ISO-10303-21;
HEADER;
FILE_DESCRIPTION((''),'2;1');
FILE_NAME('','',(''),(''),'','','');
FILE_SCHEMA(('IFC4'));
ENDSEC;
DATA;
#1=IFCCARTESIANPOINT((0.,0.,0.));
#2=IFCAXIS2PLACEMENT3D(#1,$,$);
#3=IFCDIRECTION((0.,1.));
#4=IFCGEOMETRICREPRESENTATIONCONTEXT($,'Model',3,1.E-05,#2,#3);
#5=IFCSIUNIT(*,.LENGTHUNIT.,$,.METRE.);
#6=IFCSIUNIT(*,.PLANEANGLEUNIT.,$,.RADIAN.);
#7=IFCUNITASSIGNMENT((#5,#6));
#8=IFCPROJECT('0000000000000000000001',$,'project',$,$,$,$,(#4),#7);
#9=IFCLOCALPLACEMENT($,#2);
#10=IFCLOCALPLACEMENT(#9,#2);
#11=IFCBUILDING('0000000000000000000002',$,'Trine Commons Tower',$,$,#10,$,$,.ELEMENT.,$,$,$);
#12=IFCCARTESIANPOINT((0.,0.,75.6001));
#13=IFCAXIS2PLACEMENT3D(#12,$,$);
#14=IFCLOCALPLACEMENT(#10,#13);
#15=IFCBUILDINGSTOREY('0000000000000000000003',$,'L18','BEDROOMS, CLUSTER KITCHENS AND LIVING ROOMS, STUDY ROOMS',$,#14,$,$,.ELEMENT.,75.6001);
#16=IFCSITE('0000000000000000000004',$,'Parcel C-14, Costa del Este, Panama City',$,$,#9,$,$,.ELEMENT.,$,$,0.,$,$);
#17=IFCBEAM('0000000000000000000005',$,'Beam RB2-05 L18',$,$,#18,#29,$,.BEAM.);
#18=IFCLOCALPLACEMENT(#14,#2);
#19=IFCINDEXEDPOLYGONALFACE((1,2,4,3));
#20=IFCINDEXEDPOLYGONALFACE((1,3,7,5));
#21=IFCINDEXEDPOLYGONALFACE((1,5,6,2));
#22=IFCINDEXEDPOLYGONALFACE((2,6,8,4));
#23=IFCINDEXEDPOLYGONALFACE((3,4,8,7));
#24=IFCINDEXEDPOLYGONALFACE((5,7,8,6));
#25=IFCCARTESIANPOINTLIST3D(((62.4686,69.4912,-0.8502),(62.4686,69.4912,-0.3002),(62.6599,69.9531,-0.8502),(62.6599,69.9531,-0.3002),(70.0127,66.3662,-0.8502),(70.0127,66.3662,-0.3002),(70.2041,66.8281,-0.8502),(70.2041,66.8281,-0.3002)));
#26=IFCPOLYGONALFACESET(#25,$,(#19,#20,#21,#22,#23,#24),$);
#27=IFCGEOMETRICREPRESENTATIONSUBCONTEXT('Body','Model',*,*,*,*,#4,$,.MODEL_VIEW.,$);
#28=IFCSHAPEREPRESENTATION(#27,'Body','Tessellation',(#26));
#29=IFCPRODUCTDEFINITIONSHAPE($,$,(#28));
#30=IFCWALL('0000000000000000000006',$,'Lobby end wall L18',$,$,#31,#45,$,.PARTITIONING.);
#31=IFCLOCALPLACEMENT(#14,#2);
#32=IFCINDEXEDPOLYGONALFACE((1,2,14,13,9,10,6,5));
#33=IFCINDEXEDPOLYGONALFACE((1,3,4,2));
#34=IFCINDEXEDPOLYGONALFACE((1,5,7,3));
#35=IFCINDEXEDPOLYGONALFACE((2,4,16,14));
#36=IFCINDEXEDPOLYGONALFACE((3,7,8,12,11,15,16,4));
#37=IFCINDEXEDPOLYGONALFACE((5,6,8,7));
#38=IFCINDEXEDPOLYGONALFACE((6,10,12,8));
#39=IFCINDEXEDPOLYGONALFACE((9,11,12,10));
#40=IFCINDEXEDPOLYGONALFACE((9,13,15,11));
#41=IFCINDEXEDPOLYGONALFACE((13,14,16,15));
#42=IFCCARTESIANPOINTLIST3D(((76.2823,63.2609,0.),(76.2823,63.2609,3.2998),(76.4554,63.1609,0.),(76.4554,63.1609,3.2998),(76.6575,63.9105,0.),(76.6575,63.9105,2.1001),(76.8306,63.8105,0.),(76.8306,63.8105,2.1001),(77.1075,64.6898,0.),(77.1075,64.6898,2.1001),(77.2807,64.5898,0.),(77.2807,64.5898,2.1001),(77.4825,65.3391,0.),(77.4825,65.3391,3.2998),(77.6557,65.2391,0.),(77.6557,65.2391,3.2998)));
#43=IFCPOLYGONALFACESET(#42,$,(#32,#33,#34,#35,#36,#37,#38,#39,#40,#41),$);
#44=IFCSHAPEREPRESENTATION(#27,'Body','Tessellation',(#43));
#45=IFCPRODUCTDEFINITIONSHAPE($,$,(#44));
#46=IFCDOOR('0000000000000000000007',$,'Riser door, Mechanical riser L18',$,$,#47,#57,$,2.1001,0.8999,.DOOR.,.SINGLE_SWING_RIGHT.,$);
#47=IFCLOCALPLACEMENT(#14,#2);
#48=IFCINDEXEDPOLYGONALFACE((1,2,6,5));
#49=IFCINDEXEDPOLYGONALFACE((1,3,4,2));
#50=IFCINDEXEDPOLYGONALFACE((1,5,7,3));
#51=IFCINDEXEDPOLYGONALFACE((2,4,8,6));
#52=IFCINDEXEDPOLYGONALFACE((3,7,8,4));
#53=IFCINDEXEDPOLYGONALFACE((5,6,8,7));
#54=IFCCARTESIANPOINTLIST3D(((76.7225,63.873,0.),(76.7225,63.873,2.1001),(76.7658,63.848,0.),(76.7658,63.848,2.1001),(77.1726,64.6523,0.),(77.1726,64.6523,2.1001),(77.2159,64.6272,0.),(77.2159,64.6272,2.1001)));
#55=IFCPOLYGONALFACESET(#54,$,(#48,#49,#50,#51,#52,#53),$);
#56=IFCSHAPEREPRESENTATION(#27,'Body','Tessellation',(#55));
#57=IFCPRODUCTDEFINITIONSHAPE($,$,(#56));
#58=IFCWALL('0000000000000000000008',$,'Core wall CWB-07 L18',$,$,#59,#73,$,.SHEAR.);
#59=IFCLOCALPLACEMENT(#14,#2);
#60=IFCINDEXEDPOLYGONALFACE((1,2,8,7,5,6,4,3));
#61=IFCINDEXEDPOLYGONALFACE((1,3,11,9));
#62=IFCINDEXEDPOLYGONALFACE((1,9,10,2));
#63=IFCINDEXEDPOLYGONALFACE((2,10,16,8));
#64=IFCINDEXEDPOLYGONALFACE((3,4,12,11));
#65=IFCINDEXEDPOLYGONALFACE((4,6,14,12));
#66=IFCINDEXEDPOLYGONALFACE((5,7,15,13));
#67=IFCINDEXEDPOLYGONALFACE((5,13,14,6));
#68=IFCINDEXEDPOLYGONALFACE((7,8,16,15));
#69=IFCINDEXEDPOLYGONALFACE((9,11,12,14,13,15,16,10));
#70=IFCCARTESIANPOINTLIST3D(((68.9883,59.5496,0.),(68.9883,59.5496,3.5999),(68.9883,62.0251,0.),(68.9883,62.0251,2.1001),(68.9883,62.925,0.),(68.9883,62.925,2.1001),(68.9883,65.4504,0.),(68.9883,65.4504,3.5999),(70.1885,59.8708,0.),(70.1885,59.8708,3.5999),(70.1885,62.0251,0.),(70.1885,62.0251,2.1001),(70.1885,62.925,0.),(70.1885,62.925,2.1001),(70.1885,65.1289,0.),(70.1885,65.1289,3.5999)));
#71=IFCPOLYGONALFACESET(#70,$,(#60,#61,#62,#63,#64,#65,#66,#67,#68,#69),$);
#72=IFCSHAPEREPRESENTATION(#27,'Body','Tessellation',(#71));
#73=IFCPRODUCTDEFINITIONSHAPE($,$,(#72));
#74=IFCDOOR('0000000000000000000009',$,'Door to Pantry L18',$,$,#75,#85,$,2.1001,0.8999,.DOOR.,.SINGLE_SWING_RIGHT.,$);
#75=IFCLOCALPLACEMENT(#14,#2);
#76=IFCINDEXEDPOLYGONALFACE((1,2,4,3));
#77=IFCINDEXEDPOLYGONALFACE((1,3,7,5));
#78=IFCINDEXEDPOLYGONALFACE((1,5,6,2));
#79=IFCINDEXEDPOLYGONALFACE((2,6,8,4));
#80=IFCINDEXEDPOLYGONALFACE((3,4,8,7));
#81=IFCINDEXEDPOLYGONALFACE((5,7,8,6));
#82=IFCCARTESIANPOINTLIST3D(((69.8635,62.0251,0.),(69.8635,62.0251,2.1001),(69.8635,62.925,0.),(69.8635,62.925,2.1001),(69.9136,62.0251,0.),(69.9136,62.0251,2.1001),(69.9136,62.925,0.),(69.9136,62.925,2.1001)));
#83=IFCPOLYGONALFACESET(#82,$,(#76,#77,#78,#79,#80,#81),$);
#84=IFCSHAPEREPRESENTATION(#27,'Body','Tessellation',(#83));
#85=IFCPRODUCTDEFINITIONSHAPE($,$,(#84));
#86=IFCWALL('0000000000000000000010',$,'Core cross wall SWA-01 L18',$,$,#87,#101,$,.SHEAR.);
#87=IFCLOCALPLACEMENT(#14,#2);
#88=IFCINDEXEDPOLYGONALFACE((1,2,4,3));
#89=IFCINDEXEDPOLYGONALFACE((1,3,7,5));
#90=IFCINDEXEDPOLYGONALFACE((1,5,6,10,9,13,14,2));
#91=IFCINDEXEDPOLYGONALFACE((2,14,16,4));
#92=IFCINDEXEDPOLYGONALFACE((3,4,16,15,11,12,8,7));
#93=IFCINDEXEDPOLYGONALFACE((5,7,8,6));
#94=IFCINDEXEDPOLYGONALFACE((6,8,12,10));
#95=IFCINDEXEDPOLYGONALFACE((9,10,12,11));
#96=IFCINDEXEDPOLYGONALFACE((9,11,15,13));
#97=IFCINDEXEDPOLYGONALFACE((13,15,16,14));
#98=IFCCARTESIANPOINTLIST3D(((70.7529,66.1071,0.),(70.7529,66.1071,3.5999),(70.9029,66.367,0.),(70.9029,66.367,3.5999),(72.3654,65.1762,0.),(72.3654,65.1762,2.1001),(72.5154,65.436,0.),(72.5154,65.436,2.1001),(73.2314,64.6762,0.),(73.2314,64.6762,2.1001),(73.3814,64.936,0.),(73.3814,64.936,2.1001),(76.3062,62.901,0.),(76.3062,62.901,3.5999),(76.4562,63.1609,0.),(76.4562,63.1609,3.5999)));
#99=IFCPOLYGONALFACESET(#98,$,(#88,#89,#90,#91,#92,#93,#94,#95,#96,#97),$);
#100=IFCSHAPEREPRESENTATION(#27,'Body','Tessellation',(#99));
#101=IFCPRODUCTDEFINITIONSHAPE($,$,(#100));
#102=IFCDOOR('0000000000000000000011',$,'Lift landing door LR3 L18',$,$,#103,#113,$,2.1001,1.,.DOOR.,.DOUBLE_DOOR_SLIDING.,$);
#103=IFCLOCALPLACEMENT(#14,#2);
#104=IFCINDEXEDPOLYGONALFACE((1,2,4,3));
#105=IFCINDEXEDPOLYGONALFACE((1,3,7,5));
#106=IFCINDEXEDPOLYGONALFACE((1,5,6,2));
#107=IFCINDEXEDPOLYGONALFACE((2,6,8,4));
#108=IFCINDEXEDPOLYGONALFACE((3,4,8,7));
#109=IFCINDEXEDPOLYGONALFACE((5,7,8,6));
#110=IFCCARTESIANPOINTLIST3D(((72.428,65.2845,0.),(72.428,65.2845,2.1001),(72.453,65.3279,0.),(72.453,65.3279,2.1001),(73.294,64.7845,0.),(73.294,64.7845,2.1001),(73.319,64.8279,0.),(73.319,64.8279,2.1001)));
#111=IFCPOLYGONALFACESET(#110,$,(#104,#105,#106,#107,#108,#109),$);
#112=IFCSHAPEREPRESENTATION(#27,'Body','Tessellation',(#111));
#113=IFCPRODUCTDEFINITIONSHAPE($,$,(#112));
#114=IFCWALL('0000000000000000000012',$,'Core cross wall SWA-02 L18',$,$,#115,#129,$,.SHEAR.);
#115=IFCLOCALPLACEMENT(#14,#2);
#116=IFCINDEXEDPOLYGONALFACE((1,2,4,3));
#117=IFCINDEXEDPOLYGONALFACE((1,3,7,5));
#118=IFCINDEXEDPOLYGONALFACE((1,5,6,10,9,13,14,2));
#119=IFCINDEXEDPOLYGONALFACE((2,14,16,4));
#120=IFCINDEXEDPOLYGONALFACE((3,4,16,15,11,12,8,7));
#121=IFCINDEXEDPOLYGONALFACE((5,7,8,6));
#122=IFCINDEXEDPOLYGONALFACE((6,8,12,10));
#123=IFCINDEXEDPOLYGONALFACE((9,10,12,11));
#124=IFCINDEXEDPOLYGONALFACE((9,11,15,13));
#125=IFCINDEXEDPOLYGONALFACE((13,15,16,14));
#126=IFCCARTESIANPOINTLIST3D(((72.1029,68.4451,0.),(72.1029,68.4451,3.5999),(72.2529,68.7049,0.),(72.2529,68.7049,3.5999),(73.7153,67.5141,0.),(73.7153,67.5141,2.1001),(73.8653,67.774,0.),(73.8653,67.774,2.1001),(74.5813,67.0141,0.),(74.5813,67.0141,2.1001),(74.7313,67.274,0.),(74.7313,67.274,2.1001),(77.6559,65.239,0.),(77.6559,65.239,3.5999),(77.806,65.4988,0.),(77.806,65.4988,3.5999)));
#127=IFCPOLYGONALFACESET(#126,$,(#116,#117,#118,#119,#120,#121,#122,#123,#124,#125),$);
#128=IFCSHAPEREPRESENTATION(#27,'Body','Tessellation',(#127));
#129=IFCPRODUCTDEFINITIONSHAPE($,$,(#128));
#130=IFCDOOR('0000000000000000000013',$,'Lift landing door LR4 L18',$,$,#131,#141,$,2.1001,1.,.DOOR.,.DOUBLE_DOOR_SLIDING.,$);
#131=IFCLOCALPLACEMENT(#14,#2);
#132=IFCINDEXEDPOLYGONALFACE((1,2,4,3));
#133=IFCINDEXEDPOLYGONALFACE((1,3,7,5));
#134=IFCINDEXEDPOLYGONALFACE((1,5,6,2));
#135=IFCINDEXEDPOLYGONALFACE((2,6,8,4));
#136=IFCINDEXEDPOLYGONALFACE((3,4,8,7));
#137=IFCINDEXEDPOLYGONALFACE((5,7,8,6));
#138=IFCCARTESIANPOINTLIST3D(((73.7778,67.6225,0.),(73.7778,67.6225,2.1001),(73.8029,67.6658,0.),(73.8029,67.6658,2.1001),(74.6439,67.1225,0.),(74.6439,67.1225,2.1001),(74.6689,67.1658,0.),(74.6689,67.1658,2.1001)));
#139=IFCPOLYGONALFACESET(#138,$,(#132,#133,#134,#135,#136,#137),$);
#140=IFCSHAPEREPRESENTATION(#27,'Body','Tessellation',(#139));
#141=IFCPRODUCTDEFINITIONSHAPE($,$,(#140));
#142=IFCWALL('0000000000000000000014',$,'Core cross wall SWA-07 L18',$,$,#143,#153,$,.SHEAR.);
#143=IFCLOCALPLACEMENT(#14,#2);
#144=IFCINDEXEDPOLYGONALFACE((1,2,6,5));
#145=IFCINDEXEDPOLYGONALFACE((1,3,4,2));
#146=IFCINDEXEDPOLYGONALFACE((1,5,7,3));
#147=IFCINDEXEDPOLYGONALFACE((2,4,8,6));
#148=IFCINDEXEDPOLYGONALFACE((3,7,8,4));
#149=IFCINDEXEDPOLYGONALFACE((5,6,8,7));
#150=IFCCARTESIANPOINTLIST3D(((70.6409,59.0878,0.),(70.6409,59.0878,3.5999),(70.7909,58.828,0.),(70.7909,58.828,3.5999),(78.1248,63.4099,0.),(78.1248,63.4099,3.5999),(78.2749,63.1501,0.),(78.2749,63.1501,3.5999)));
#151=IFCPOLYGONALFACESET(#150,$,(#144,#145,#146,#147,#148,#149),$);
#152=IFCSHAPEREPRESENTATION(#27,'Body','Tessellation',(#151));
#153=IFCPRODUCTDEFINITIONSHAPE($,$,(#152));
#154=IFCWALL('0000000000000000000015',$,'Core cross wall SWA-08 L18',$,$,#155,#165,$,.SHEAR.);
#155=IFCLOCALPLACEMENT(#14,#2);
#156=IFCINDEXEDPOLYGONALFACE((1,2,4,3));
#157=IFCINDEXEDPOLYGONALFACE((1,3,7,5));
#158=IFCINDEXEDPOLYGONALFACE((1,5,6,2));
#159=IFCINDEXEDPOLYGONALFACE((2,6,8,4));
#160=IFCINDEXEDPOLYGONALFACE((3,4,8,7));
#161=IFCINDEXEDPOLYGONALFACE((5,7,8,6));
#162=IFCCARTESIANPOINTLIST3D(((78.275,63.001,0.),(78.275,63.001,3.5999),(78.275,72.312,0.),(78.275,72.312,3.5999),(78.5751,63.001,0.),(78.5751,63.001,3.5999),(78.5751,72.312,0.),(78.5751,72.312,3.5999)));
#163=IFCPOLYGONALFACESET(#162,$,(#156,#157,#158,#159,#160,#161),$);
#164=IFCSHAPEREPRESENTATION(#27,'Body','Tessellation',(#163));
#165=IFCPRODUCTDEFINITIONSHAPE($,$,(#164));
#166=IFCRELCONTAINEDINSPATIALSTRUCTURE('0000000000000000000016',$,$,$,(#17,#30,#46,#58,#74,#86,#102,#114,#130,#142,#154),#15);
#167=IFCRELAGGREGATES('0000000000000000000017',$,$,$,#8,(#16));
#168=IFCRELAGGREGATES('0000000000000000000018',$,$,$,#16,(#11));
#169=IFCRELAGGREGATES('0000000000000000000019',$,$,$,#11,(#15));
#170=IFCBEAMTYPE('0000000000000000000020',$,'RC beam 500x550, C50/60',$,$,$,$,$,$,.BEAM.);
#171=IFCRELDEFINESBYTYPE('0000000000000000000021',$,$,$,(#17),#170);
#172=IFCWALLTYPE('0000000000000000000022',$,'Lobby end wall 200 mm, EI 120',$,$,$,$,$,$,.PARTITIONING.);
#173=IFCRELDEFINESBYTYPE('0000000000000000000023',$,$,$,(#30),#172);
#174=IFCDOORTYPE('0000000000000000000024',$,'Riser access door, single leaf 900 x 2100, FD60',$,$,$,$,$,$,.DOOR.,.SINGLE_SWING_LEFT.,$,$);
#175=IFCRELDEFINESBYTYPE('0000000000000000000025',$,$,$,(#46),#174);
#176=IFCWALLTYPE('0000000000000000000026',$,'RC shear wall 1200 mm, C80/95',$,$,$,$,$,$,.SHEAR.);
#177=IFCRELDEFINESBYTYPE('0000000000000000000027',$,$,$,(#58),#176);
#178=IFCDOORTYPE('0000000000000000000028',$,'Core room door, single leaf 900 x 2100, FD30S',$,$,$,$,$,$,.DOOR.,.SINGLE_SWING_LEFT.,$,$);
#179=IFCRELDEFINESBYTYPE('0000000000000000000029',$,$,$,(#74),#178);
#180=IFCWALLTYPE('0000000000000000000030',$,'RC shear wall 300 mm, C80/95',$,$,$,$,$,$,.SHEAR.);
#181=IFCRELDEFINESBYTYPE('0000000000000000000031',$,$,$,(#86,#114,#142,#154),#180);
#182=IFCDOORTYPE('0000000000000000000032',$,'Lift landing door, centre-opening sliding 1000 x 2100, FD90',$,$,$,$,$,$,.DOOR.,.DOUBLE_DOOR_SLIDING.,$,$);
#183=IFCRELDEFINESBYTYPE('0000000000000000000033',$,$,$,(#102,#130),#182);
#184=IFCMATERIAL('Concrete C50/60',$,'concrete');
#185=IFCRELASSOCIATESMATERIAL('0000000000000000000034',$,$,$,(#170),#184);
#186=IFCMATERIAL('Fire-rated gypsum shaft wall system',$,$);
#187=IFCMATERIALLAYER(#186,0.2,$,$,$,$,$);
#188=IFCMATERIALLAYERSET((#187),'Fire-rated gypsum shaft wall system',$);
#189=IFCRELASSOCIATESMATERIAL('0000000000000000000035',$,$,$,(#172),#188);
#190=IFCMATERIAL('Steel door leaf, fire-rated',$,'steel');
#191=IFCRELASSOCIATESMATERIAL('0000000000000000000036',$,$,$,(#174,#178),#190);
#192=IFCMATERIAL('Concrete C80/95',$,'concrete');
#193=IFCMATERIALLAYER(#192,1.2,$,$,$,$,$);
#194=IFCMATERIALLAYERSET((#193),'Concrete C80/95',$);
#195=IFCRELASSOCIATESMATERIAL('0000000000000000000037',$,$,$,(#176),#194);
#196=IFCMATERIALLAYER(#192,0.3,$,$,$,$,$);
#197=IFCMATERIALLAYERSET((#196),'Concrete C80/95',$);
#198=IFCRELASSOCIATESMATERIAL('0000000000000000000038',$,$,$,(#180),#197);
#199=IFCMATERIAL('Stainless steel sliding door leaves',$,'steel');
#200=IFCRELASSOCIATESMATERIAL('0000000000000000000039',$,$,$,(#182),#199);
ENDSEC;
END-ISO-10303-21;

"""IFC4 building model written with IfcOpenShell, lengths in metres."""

from ifc_helpers import new_model, si_unit, direction, frame, frame_2d, origin, origin_2d, place, context, subcontext, project, spatial, polyline, rectangle, outline, extrude, material, layer, layer_set, material_profile, profile_set, type_object, element, fill, save


model = new_model("IFC4")

# Units and contexts
model_context = context("Model", 3, precision=1e-05, world=origin(), true_north=direction((0.0, 1.0)))
body_context = subcontext(model_context, "Body", "Model", "MODEL_VIEW")
ifc_project = project(units=[si_unit("LENGTHUNIT", "METRE"), si_unit("PLANEANGLEUNIT", "RADIAN")], contexts=[model_context])

# Site, building, storey
site_placement = place(None, origin())
site = spatial("IfcSite", under=ifc_project, at=site_placement, Name="Parcel C-14, Costa del Este, Panama City", CompositionType="ELEMENT", RefElevation=0.0)
building_placement = place(site_placement, origin())
building = spatial("IfcBuilding", under=site, at=building_placement, Name="Trine Commons Tower", CompositionType="ELEMENT")
storey_placement = place(building_placement, frame((0.0, 0.0, 75.6001)))
storey = spatial("IfcBuildingStorey", under=building, at=storey_placement, Name="L18", Description="BEDROOMS, CLUSTER KITCHENS AND LIVING ROOMS, STUDY ROOMS", CompositionType="ELEMENT", Elevation=75.6001)

# Beam
ifc_material_1 = material(Name="Concrete C50/60", Category="concrete")
ifc_material_profile = material_profile(ifc_material_1, rectangle(XDim=0.5, YDim=0.55, at=origin_2d()), Name="RC 500x550")
ifc_profile_set = profile_set([ifc_material_profile], Name="Concrete C50/60")
beam_type = type_object("IfcBeamType", Name="RC beam 500x550, C50/60", PredefinedType="BEAM", material=ifc_profile_set)
beam_placement = place(storey_placement, frame((70.1084, 66.5972, -0.5752), z_axis=(-0.923875, 0.382693, 0.0), x_axis=(-0.382693, -0.923875, 0.0)))
element("IfcBeam", 1, at=beam_placement, inside=storey, type_object=beam_type, Name="Beam RB2-05 L18", PredefinedType="BEAM", context=body_context, shape_type="SweptSolid", body=[
    extrude(rectangle(XDim=0.5, YDim=0.55, at=origin_2d()), origin(), (0.0, 0.0, 1.0), 8.1658),
])

# Walls, openings, doors
ifc_material_2 = material(Name="Fire-rated gypsum shaft wall system")
ifc_layer_1 = layer(ifc_material_2, 0.2)
ifc_layer_set_1 = layer_set([ifc_layer_1], Name="Fire-rated gypsum shaft wall system")
wall_type_1 = type_object("IfcWallType", Name="Lobby end wall 200 mm, EI 120", PredefinedType="PARTITIONING", material=ifc_layer_set_1)
wall_1_placement = place(storey_placement, frame((77.5691, 65.2891, 0.0), z_axis=(0.0, 0.0, 1.0), x_axis=(-0.500122, -0.865955, 0.0)))
wall_1 = element("IfcWall", 2, at=wall_1_placement, inside=storey, type_object=wall_type_1, Name="Lobby end wall L18", PredefinedType="PARTITIONING", context=body_context, shape_type="SweptSolid", body=[
    extrude(rectangle(XDim=2.3999, YDim=0.2, at=frame_2d((1.2, 0.0))), origin(), (0.0, 0.0, 1.0), 3.2998),
])
opening_1_placement = place(wall_1_placement, frame((0.7498, 0.0, 0.0)))
opening_1 = element("IfcOpeningElement", 3, at=opening_1_placement, cuts=wall_1, PredefinedType="OPENING", context=body_context, shape_type="SweptSolid", body=[
    extrude(rectangle(XDim=0.8999, YDim=2.1001, at=frame_2d((0.45, 1.05))), frame((0.0, 0.1099, 0.0), z_axis=(0.0, -1.0, 0.0), x_axis=(1.0, 0.0, 0.0)), (0.0, 0.0, 1.0), 0.22),
])
ifc_material_3 = material(Name="Steel door leaf, fire-rated", Category="steel")
door_type_1 = type_object("IfcDoorType", Name="Riser access door, single leaf 900 x 2100, FD60", OperationType="SINGLE_SWING_LEFT", PredefinedType="DOOR", material=ifc_material_3)
door_1_placement = place(opening_1_placement, frame((0.8999, 0.0, 0.0), z_axis=(0.0, 0.0, 1.0), x_axis=(-1.0, 0.0, 0.0)))
door_1 = element("IfcDoor", 4, at=door_1_placement, inside=storey, type_object=door_type_1, Name="Riser door, Mechanical riser L18", OperationType="SINGLE_SWING_RIGHT", OverallHeight=2.1001, OverallWidth=0.8999, PredefinedType="DOOR", context=body_context, shape_type="SweptSolid", body=[
    extrude(rectangle(XDim=0.8999, YDim=2.1001, at=frame_2d((0.45, 1.05))), frame((0.0, 0.0249, 0.0), z_axis=(0.0, -1.0, 0.0), x_axis=(1.0, 0.0, 0.0)), (0.0, 0.0, 1.0), 0.05),
])
fill(opening_1, door_1)
ifc_material_4 = material(Name="Concrete C80/95", Category="concrete")
ifc_layer_2 = layer(ifc_material_4, 1.2)
ifc_layer_set_2 = layer_set([ifc_layer_2], Name="Concrete C80/95")
wall_type_2 = type_object("IfcWallType", Name="RC shear wall 1200 mm, C80/95", PredefinedType="SHEAR", material=ifc_layer_set_2)
wall_2_placement = place(storey_placement, frame((69.5884, 65.4504, 0.0), z_axis=(0.0, 0.0, 1.0), x_axis=(0.0, -1.0, 0.0)))
wall_2 = element("IfcWall", 5, at=wall_2_placement, inside=storey, type_object=wall_type_2, Name="Core wall CWB-07 L18", PredefinedType="SHEAR", context=body_context, shape_type="SweptSolid", body=[
    extrude(outline(polyline([(0.0, -0.6001), (5.9009, -0.6001), (5.5796, 0.6001), (0.3215, 0.6001), (0.0, -0.6001)])), origin(), (0.0, 0.0, 1.0), 3.5999),
])
opening_2_placement = place(wall_2_placement, frame((2.5254, 0.0, 0.0)))
opening_2 = element("IfcOpeningElement", 6, at=opening_2_placement, cuts=wall_2, PredefinedType="OPENING", context=body_context, shape_type="SweptSolid", body=[
    extrude(rectangle(XDim=0.8999, YDim=2.1001, at=frame_2d((0.45, 1.05))), frame((0.0, 0.6099, 0.0), z_axis=(0.0, -1.0, 0.0), x_axis=(1.0, 0.0, 0.0)), (0.0, 0.0, 1.0), 1.22),
])
door_type_2 = type_object("IfcDoorType", Name="Core room door, single leaf 900 x 2100, FD30S", OperationType="SINGLE_SWING_LEFT", PredefinedType="DOOR", material=ifc_material_3)
door_2_placement = place(opening_2_placement, origin())
door_2 = element("IfcDoor", 7, at=door_2_placement, inside=storey, type_object=door_type_2, Name="Door to Pantry L18", OperationType="SINGLE_SWING_RIGHT", OverallHeight=2.1001, OverallWidth=0.8999, PredefinedType="DOOR", context=body_context, shape_type="SweptSolid", body=[
    extrude(rectangle(XDim=0.8999, YDim=2.1001, at=frame_2d((0.45, 1.05))), frame((0.0, 0.3252, 0.0), z_axis=(0.0, -1.0, 0.0), x_axis=(1.0, 0.0, 0.0)), (0.0, 0.0, 1.0), 0.05),
])
fill(opening_2, door_2)
ifc_layer_3 = layer(ifc_material_4, 0.3)
ifc_layer_set_3 = layer_set([ifc_layer_3], Name="Concrete C80/95")
wall_type_3 = type_object("IfcWallType", Name="RC shear wall 300 mm, C80/95", PredefinedType="SHEAR", material=ifc_layer_set_3)
wall_3_placement = place(storey_placement, frame((76.3811, 63.031, 0.0), z_axis=(0.0, 0.0, 1.0), x_axis=(-0.866032, 0.499988, 0.0)))
wall_3 = element("IfcWall", 8, at=wall_3_placement, inside=storey, type_object=wall_type_3, Name="Core cross wall SWA-01 L18", PredefinedType="SHEAR", context=body_context, shape_type="SweptSolid", body=[
    extrude(rectangle(XDim=6.4124, YDim=0.3, at=frame_2d((3.2061, 0.0))), origin(), (0.0, 0.0, 1.0), 3.5999),
])
opening_3_placement = place(wall_3_placement, frame((3.5503, 0.0, 0.0)))
opening_3 = element("IfcOpeningElement", 9, at=opening_3_placement, cuts=wall_3, PredefinedType="OPENING", context=body_context, shape_type="SweptSolid", body=[
    extrude(rectangle(XDim=1.0, YDim=2.1001, at=frame_2d((0.5, 1.05))), frame((0.0, 0.1599, 0.0), z_axis=(0.0, -1.0, 0.0), x_axis=(1.0, 0.0, 0.0)), (0.0, 0.0, 1.0), 0.3201),
])
ifc_material_5 = material(Name="Stainless steel sliding door leaves", Category="steel")
door_type_3 = type_object("IfcDoorType", Name="Lift landing door, centre-opening sliding 1000 x 2100, FD90", OperationType="DOUBLE_DOOR_SLIDING", PredefinedType="DOOR", material=ifc_material_5)
door_3_placement = place(opening_3_placement, origin())
door_3 = element("IfcDoor", 10, at=door_3_placement, inside=storey, type_object=door_type_3, Name="Lift landing door LR3 L18", OperationType="DOUBLE_DOOR_SLIDING", OverallHeight=2.1001, OverallWidth=1.0, PredefinedType="DOOR", context=body_context, shape_type="SweptSolid", body=[
    extrude(rectangle(XDim=1.0, YDim=2.1001, at=frame_2d((0.5, 1.05))), frame((0.0, 0.0249, 0.0), z_axis=(0.0, -1.0, 0.0), x_axis=(1.0, 0.0, 0.0)), (0.0, 0.0, 1.0), 0.05),
])
fill(opening_3, door_3)
wall_4_placement = place(storey_placement, frame((77.731, 65.3689, 0.0), z_axis=(0.0, 0.0, 1.0), x_axis=(-0.866023, 0.500005, 0.0)))
wall_4 = element("IfcWall", 11, at=wall_4_placement, inside=storey, type_object=wall_type_3, Name="Core cross wall SWA-02 L18", PredefinedType="SHEAR", context=body_context, shape_type="SweptSolid", body=[
    extrude(rectangle(XDim=6.4121, YDim=0.3, at=frame_2d((3.2061, 0.0))), origin(), (0.0, 0.0, 1.0), 3.5999),
])
opening_4_placement = place(wall_4_placement, frame((3.5503, 0.0, 0.0)))
opening_4 = element("IfcOpeningElement", 12, at=opening_4_placement, cuts=wall_4, PredefinedType="OPENING", context=body_context, shape_type="SweptSolid", body=[
    extrude(rectangle(XDim=1.0, YDim=2.1001, at=frame_2d((0.5, 1.05))), frame((0.0, 0.1599, 0.0), z_axis=(0.0, -1.0, 0.0), x_axis=(1.0, 0.0, 0.0)), (0.0, 0.0, 1.0), 0.3201),
])
door_4_placement = place(opening_4_placement, origin())
door_4 = element("IfcDoor", 13, at=door_4_placement, inside=storey, type_object=door_type_3, Name="Lift landing door LR4 L18", OperationType="DOUBLE_DOOR_SLIDING", OverallHeight=2.1001, OverallWidth=1.0, PredefinedType="DOOR", context=body_context, shape_type="SweptSolid", body=[
    extrude(rectangle(XDim=1.0, YDim=2.1001, at=frame_2d((0.5, 1.05))), frame((0.0, 0.0249, 0.0), z_axis=(0.0, -1.0, 0.0), x_axis=(1.0, 0.0, 0.0)), (0.0, 0.0, 1.0), 0.05),
])
fill(opening_4, door_4)

# Walls
wall_5_placement = place(storey_placement, frame((78.2, 63.28, 0.0), z_axis=(0.0, 0.0, 1.0), x_axis=(-0.865965, -0.500104, 0.0)))
element("IfcWall", 14, at=wall_5_placement, inside=storey, type_object=wall_type_3, Name="Core cross wall SWA-07 L18", PredefinedType="SHEAR", context=body_context, shape_type="SweptSolid", body=[
    extrude(rectangle(XDim=8.6423, YDim=0.3, at=frame_2d((4.3213, 0.0))), origin(), (0.0, 0.0, 1.0), 3.5999),
])
wall_6_placement = place(storey_placement, frame((78.425, 63.001, 0.0), z_axis=(0.0, 0.0, 1.0), x_axis=(0.0, 1.0, 0.0)))
element("IfcWall", 15, at=wall_6_placement, inside=storey, type_object=wall_type_3, Name="Core cross wall SWA-08 L18", PredefinedType="SHEAR", context=body_context, shape_type="SweptSolid", body=[
    extrude(rectangle(XDim=9.311, YDim=0.3, at=frame_2d((4.6555, 0.0))), origin(), (0.0, 0.0, 1.0), 3.5999),
])

save(model, "model.ifc")
